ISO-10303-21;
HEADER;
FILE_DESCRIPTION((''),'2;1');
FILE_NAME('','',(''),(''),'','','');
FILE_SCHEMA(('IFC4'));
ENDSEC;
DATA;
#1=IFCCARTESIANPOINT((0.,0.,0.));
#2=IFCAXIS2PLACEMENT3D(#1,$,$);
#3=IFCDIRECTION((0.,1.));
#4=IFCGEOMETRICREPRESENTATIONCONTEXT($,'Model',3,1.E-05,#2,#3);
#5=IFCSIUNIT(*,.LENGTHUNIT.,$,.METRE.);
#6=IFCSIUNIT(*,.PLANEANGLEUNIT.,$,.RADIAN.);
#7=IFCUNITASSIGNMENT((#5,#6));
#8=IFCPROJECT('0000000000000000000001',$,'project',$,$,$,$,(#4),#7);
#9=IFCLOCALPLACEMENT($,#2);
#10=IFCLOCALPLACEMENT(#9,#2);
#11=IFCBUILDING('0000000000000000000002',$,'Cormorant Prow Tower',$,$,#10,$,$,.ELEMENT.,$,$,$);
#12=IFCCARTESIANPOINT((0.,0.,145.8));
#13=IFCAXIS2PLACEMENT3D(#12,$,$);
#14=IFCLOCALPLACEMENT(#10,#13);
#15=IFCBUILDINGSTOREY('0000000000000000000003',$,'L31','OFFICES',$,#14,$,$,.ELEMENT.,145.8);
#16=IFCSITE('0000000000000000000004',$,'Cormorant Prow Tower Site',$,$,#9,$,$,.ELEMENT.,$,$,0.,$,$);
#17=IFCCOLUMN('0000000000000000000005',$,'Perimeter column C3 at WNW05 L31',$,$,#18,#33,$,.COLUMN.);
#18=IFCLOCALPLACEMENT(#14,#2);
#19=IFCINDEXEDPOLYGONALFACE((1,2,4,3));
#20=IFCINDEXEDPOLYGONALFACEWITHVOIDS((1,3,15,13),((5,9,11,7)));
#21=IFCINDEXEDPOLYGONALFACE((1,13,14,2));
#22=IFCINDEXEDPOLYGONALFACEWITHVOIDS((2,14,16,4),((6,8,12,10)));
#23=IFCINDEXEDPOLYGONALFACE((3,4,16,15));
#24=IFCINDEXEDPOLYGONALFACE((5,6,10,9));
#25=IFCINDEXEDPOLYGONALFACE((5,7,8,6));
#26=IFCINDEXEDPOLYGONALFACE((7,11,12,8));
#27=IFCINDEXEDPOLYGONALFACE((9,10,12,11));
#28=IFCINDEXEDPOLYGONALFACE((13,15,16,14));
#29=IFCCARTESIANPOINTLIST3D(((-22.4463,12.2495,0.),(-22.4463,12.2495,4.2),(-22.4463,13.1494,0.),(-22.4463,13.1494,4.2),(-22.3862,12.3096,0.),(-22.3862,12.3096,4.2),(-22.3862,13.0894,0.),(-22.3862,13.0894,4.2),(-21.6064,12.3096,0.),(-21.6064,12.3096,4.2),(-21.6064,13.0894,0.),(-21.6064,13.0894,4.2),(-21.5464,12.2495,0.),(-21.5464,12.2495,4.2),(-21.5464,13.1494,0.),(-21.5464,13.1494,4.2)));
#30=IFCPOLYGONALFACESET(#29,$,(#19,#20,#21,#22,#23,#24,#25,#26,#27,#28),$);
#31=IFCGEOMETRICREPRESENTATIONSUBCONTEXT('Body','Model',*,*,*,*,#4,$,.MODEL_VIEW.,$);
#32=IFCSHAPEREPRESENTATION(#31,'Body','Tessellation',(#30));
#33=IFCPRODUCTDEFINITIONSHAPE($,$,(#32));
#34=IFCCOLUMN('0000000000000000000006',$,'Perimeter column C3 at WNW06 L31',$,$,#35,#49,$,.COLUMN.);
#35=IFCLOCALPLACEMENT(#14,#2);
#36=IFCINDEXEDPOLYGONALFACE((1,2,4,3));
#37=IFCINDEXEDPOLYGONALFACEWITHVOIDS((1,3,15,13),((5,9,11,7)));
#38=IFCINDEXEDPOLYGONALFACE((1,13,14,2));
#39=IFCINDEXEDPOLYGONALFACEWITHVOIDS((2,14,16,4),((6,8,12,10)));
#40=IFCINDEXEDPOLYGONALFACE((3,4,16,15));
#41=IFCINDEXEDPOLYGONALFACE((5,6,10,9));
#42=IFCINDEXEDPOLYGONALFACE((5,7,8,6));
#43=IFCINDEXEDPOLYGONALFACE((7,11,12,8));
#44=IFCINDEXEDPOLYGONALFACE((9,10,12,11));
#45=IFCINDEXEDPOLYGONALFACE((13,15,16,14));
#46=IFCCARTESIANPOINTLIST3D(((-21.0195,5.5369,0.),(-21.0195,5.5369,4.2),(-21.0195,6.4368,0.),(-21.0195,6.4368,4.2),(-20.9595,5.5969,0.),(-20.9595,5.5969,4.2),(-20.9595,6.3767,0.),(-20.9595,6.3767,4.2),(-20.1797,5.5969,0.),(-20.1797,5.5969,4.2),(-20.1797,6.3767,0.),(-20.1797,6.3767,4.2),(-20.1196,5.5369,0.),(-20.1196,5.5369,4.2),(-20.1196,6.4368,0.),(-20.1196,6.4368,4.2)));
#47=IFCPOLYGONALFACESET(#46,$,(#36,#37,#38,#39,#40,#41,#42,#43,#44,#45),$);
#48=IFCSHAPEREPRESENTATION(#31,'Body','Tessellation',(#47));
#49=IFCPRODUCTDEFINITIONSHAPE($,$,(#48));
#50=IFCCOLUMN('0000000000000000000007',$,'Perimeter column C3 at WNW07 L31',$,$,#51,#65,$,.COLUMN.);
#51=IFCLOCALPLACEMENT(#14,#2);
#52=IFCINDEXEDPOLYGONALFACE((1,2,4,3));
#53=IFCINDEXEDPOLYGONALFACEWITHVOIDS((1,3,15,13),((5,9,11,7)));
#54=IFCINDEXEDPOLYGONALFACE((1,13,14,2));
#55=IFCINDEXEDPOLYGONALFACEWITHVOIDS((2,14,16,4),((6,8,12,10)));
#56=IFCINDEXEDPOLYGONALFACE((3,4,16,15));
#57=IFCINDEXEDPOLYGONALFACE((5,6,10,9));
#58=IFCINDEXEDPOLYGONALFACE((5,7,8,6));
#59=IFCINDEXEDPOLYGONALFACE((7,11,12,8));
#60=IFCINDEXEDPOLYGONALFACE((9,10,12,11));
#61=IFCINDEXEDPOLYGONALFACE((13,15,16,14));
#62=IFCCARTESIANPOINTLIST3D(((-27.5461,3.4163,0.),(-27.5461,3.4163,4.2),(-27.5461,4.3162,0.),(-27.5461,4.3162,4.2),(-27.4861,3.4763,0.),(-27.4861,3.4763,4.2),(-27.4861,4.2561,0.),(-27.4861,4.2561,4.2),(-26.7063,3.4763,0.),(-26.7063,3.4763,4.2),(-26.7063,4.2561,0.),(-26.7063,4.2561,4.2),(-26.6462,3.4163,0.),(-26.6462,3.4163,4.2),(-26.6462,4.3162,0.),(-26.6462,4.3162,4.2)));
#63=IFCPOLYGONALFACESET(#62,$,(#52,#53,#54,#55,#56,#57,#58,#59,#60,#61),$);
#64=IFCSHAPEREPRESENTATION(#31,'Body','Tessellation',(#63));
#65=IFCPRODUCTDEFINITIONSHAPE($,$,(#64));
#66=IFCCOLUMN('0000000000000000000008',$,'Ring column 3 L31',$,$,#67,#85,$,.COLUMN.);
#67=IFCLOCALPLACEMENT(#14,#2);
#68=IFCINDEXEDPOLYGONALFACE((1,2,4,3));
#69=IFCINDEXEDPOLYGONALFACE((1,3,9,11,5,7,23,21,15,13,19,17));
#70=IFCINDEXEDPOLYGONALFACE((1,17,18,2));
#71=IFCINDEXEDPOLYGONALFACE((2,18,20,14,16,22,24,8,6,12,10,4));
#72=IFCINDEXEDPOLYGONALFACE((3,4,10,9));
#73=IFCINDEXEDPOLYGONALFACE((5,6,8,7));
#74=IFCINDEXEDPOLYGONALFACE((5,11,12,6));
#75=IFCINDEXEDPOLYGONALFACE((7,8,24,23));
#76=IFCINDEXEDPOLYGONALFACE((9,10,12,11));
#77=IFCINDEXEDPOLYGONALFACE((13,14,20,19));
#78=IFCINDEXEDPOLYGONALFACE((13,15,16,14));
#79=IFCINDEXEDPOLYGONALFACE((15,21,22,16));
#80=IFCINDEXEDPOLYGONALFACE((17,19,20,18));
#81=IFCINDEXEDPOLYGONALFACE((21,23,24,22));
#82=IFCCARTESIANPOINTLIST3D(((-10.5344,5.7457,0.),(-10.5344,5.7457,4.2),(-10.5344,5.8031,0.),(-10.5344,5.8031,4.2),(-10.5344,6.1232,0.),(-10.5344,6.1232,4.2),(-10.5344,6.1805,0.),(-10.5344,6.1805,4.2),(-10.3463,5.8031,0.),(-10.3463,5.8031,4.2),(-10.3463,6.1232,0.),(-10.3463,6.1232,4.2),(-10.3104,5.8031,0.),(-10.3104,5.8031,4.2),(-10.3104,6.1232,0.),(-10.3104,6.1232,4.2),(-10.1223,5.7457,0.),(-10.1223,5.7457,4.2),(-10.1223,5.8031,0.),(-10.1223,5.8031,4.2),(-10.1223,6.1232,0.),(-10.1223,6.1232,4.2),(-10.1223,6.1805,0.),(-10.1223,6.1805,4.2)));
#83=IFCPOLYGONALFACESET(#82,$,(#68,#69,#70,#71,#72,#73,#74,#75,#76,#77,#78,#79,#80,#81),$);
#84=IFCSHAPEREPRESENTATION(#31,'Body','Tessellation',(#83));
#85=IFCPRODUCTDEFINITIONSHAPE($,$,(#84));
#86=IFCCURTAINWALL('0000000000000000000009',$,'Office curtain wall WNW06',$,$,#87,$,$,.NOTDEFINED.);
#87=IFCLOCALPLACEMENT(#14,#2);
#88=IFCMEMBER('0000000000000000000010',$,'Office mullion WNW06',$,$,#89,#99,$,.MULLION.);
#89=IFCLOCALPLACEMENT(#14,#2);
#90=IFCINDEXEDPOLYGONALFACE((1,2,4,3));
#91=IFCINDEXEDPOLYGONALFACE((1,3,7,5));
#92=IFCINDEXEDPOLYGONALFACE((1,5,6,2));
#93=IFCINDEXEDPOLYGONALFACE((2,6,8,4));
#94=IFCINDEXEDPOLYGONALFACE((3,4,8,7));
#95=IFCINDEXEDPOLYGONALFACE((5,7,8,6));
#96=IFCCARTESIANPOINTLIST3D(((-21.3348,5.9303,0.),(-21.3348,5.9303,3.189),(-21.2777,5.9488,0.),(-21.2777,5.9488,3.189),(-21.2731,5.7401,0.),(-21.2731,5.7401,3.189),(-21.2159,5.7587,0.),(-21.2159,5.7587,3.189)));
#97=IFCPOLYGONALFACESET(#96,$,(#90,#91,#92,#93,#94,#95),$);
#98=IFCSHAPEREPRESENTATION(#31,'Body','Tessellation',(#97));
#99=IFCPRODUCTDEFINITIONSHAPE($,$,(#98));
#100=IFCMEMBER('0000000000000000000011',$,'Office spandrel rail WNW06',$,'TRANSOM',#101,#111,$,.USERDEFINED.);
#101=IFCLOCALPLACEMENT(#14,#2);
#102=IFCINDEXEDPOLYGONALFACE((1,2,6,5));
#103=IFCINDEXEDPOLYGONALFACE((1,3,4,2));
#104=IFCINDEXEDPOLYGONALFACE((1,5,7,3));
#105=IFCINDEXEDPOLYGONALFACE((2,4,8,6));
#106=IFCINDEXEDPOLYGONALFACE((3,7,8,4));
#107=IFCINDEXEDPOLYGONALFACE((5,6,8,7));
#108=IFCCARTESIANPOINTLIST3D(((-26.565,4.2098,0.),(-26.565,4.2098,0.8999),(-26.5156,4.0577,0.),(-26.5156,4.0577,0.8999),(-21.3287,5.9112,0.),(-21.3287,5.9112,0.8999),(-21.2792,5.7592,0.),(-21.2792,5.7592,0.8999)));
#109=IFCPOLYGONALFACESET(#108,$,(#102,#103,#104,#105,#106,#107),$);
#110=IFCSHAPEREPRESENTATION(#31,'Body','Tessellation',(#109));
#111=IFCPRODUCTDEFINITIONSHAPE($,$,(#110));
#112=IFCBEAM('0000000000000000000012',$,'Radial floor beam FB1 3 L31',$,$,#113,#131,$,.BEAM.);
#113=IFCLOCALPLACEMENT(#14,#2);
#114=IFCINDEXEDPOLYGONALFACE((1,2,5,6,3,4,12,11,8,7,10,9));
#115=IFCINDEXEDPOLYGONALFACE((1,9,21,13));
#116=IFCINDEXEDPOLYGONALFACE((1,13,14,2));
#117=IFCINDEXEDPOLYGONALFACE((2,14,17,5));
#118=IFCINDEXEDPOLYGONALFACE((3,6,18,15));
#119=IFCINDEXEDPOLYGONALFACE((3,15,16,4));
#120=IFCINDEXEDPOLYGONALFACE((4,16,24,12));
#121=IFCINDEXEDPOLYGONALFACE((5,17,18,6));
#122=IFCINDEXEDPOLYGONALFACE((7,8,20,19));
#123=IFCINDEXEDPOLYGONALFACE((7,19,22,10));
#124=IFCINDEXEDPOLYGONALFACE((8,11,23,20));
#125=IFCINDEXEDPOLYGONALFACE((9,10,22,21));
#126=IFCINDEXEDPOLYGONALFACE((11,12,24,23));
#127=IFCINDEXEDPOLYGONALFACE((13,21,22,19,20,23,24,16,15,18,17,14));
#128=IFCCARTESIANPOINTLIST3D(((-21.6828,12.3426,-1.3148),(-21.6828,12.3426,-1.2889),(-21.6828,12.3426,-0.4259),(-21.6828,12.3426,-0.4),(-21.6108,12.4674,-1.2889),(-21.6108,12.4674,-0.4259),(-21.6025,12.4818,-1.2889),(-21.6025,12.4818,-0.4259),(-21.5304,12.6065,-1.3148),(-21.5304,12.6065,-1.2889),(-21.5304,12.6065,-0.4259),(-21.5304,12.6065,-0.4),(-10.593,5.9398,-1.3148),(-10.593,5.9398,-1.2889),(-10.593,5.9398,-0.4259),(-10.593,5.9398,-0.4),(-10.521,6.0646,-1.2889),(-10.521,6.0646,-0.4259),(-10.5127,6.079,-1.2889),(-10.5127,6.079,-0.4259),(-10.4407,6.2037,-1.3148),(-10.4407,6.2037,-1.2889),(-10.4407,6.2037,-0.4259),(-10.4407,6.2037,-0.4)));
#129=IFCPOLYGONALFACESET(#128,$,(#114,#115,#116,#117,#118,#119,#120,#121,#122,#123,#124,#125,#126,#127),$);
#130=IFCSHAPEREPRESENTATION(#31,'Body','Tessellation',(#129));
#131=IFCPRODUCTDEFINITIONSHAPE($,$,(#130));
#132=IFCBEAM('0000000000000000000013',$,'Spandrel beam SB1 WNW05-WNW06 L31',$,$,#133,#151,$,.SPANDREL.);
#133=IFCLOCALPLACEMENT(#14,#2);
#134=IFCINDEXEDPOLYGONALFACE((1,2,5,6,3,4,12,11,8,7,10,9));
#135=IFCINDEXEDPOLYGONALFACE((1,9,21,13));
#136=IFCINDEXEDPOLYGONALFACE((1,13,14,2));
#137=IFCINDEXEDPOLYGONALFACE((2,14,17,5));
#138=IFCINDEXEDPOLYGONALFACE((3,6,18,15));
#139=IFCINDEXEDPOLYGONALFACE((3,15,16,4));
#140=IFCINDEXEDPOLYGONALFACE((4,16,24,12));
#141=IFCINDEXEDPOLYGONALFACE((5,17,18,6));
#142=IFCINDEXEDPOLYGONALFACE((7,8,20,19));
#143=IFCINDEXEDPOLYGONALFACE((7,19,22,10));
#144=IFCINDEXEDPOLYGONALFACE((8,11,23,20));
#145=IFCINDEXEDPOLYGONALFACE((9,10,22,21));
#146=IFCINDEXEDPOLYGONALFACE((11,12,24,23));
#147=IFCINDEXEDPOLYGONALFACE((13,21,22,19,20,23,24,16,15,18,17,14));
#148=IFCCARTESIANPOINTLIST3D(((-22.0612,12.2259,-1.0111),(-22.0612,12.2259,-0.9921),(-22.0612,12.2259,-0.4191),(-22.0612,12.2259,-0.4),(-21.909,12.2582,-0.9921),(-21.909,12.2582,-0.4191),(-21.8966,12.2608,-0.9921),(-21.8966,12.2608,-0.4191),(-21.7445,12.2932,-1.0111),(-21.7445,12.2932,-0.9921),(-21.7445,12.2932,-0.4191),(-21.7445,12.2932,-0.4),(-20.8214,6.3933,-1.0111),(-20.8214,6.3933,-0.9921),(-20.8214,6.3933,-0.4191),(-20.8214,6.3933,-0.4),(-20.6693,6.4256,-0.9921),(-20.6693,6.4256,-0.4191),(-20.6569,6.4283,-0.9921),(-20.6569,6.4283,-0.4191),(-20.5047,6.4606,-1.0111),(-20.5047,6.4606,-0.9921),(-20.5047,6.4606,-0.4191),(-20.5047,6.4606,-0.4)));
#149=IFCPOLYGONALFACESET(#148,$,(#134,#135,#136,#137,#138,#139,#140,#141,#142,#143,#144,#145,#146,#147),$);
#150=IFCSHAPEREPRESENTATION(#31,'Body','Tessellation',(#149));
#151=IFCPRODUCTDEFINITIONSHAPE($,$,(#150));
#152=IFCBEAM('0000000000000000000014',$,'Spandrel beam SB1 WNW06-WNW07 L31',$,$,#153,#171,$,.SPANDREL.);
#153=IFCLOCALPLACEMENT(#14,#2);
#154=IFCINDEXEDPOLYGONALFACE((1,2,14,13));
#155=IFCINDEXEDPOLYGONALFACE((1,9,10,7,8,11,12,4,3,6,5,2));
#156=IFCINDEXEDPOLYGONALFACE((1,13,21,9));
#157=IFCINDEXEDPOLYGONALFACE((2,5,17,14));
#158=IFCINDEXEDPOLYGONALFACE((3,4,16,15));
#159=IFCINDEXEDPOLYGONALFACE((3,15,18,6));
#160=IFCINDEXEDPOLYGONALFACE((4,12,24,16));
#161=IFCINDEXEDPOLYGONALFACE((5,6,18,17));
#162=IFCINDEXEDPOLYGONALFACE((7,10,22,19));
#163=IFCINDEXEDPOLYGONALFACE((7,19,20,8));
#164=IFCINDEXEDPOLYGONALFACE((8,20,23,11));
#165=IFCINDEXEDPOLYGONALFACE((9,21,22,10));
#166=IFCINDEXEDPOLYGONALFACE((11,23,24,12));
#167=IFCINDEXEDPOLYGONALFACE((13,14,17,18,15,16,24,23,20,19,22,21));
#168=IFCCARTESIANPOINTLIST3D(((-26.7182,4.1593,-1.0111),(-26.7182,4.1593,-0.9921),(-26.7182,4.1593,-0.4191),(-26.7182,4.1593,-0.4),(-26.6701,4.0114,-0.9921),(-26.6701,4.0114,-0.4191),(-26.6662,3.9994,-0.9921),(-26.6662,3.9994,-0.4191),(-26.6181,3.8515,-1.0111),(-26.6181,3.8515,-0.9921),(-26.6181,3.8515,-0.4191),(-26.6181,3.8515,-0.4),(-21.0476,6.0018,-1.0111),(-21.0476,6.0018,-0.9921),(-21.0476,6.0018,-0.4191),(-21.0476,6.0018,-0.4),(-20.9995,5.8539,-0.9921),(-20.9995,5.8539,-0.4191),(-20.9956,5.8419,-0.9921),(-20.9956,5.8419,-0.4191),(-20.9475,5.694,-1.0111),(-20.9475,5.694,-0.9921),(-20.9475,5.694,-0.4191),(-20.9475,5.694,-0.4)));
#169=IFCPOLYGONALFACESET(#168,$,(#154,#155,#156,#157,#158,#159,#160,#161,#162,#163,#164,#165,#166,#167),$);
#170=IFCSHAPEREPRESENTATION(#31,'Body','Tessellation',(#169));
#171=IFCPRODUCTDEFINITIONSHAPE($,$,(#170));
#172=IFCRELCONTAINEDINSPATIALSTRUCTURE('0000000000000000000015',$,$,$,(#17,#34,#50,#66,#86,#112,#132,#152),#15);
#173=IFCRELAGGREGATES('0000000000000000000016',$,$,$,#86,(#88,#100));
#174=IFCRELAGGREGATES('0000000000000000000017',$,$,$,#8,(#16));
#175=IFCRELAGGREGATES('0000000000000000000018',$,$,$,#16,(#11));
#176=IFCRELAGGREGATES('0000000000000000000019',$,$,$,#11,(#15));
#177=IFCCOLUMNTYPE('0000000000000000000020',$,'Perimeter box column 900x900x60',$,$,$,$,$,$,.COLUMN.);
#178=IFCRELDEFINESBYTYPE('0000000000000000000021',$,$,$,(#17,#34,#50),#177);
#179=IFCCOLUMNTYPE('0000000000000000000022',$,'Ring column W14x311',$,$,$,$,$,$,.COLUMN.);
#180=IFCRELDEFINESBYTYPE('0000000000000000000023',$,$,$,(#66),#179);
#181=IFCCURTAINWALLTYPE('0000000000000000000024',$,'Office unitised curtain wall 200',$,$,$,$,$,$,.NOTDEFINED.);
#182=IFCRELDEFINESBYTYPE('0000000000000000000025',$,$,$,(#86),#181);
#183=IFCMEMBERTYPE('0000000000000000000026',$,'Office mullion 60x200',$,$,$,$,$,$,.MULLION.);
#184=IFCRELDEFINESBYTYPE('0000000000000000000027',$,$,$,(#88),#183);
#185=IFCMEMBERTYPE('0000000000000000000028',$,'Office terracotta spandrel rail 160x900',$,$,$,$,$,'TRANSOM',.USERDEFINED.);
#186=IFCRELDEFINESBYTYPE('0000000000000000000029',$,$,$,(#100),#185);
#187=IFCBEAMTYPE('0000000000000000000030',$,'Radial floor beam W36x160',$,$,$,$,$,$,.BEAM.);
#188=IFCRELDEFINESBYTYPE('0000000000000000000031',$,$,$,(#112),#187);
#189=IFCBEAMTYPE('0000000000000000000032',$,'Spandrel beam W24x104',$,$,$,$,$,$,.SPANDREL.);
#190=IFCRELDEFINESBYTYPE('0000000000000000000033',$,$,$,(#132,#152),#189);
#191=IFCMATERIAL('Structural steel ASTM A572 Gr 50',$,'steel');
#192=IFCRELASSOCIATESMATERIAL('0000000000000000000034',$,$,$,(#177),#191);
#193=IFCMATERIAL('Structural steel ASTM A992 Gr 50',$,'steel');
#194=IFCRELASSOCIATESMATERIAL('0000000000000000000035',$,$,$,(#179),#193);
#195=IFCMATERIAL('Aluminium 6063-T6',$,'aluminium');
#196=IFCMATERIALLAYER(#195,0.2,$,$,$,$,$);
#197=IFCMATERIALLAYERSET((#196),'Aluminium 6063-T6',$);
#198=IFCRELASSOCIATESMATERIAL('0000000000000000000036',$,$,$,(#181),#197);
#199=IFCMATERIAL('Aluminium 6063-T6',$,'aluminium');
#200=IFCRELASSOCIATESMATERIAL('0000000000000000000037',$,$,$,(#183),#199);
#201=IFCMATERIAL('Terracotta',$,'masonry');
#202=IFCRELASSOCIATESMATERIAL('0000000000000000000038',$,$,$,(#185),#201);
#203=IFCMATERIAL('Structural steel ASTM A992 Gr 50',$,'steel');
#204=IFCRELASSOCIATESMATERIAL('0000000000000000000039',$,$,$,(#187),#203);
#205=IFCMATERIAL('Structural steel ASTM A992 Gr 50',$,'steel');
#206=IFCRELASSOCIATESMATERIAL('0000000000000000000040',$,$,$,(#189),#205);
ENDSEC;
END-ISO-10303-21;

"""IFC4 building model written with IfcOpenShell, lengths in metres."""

from ifc_helpers import new_model, si_unit, direction, frame, origin, origin_2d, place, context, subcontext, project, spatial, rectangle, hollow_rectangle, i_section, extrude, material, layer, layer_set, material_profile, profile_set, type_object, element, aggregate, save


model = new_model("IFC4")

# Units and contexts
model_context = context("Model", 3, precision=1e-05, world=origin(), true_north=direction((0.0, 1.0)))
body_context = subcontext(model_context, "Body", "Model", "MODEL_VIEW")
ifc_project = project(units=[si_unit("LENGTHUNIT", "METRE"), si_unit("PLANEANGLEUNIT", "RADIAN")], contexts=[model_context])

# Site, building, storey
site_placement = place(None, origin())
site = spatial("IfcSite", under=ifc_project, at=site_placement, Name="Cormorant Prow Tower Site", CompositionType="ELEMENT", RefElevation=0.0)
building_placement = place(site_placement, origin())
building = spatial("IfcBuilding", under=site, at=building_placement, Name="Cormorant Prow Tower", CompositionType="ELEMENT")
storey_placement = place(building_placement, frame((0.0, 0.0, 145.8)))
storey = spatial("IfcBuildingStorey", under=building, at=storey_placement, Name="L31", Description="OFFICES", CompositionType="ELEMENT", Elevation=145.8)

# Columns
ifc_material_1 = material(Name="Structural steel ASTM A572 Gr 50", Category="steel")
ifc_material_profile_1 = material_profile(ifc_material_1, hollow_rectangle(XDim=0.8999, YDim=0.8999, WallThickness=0.0601, at=origin_2d()), Name="Box 900x900x60")
ifc_profile_set_1 = profile_set([ifc_material_profile_1], Name="Structural steel ASTM A572 Gr 50")
column_type_1 = type_object("IfcColumnType", Name="Perimeter box column 900x900x60", PredefinedType="COLUMN", material=ifc_profile_set_1)
for number, where, z_axis, x_axis, name in (
    (1, (-21.9963, 12.6995, 0.0), (0.0, 0.0, 1.0), (1.0, 0.0, 0.0), "Perimeter column C3 at WNW05 L31"),
    (2, (-20.5696, 5.9868, 0.0), (0.0, 0.0, 1.0), (1.0, 0.0, 0.0), "Perimeter column C3 at WNW06 L31"),
    (3, (-27.0962, 3.8662, 0.0), (0.0, 0.0, 1.0), (1.0, 0.0, 0.0), "Perimeter column C3 at WNW07 L31"),
):
    element("IfcColumn", number, at=place(storey_placement, frame(where, z_axis=z_axis, x_axis=x_axis)), inside=storey, type_object=column_type_1, Name=name, PredefinedType="COLUMN", context=body_context, shape_type="SweptSolid", body=[
        extrude(hollow_rectangle(XDim=0.8999, YDim=0.8999, WallThickness=0.0601, at=origin_2d()), origin(), (0.0, 0.0, 1.0), 4.2),
    ])
ifc_material_2 = material(Name="Structural steel ASTM A992 Gr 50", Category="steel")
ifc_material_profile_2 = material_profile(ifc_material_2, i_section(OverallWidth=0.4121, OverallDepth=0.4348, WebThickness=0.0359, FlangeThickness=0.0574, at=origin_2d()), Name="W14x311")
ifc_profile_set_2 = profile_set([ifc_material_profile_2], Name="Structural steel ASTM A992 Gr 50")
column_type_2 = type_object("IfcColumnType", Name="Ring column W14x311", PredefinedType="COLUMN", material=ifc_profile_set_2)
column_placement = place(storey_placement, frame((-10.3284, 5.9631, 0.0), z_axis=(0.0, 0.0, 1.0), x_axis=(1.0, 0.0, 0.0)))
element("IfcColumn", 4, at=column_placement, inside=storey, type_object=column_type_2, Name="Ring column 3 L31", PredefinedType="COLUMN", context=body_context, shape_type="SweptSolid", body=[
    extrude(i_section(OverallWidth=0.4121, OverallDepth=0.4348, WebThickness=0.0359, FlangeThickness=0.0574, at=origin_2d()), origin(), (0.0, 0.0, 1.0), 4.2),
])

# Curtain wall, members
ifc_material_3 = material(Name="Aluminium 6063-T6", Category="aluminium")
ifc_layer_1 = layer(ifc_material_3, 0.2)
ifc_layer_set_1 = layer_set([ifc_layer_1], Name="Aluminium 6063-T6")
curtain_wall_type = type_object("IfcCurtainWallType", Name="Office unitised curtain wall 200", PredefinedType="NOTDEFINED", material=ifc_layer_set_1)
curtain_wall_placement = place(storey_placement, origin())
curtain_wall = element("IfcCurtainWall", 5, at=curtain_wall_placement, inside=storey, type_object=curtain_wall_type, Name="Office curtain wall WNW06", PredefinedType="NOTDEFINED")
ifc_material_4 = material(Name="Aluminium 6063-T6", Category="aluminium")
ifc_material_profile_3 = material_profile(ifc_material_4, rectangle(XDim=0.2, YDim=0.0601, at=origin_2d()), Name="Office mullion 60x200")
ifc_profile_set_3 = profile_set([ifc_material_profile_3], Name="Aluminium 6063-T6")
member_type_1 = type_object("IfcMemberType", Name="Office mullion 60x200", PredefinedType="MULLION", material=ifc_profile_set_3)
member_1_placement = place(storey_placement, frame((-21.2754, 5.8445, 0.0), z_axis=(0.0, 0.0, 1.0), x_axis=(0.309017, -0.951057, 0.0)))
member_1 = element("IfcMember", 6, at=member_1_placement, type_object=member_type_1, Name="Office mullion WNW06", PredefinedType="MULLION", context=body_context, shape_type="SweptSolid", body=[
    extrude(rectangle(XDim=0.2, YDim=0.0601, at=origin_2d()), origin(), (0.0, 0.0, 1.0), 3.189),
])
ifc_material_5 = material(Name="Terracotta", Category="masonry")
ifc_material_profile_4 = material_profile(ifc_material_5, rectangle(XDim=0.1599, YDim=0.8999, at=origin_2d()), Name="Office terracotta spandrel rail 160x900")
ifc_profile_set_4 = profile_set([ifc_material_profile_4], Name="Terracotta")
member_type_2 = type_object("IfcMemberType", Name="Office terracotta spandrel rail 160x900", ElementType="TRANSOM", PredefinedType="USERDEFINED", material=ifc_profile_set_4)
member_2_placement = place(storey_placement, frame((-21.304, 5.8352, 0.45), z_axis=(-0.951055, -0.309022, 0.0), x_axis=(0.309022, -0.951055, 0.0)))
member_2 = element("IfcMember", 7, at=member_2_placement, type_object=member_type_2, Name="Office spandrel rail WNW06", ObjectType="TRANSOM", PredefinedType="USERDEFINED", context=body_context, shape_type="SweptSolid", body=[
    extrude(rectangle(XDim=0.1599, YDim=0.8999, at=origin_2d()), origin(), (0.0, 0.0, 1.0), 5.5059),
])

# Beams
ifc_material_6 = material(Name="Structural steel ASTM A992 Gr 50", Category="steel")
ifc_material_profile_5 = material_profile(ifc_material_6, i_section(OverallWidth=0.3047, OverallDepth=0.9148, WebThickness=0.0166, FlangeThickness=0.0259, at=origin_2d()), Name="W36x160")
ifc_profile_set_5 = profile_set([ifc_material_profile_5], Name="Structural steel ASTM A992 Gr 50")
beam_type_1 = type_object("IfcBeamType", Name="Radial floor beam W36x160", PredefinedType="BEAM", material=ifc_profile_set_5)
beam_1_placement = place(storey_placement, frame((-10.5168, 6.0718, -0.8574), z_axis=(-0.866022, 0.500006, 0.0), x_axis=(-0.500006, -0.866022, 0.0)))
element("IfcBeam", 8, at=beam_1_placement, inside=storey, type_object=beam_type_1, Name="Radial floor beam FB1 3 L31", PredefinedType="BEAM", context=body_context, shape_type="SweptSolid", body=[
    extrude(i_section(OverallWidth=0.3047, OverallDepth=0.9148, WebThickness=0.0166, FlangeThickness=0.0259, at=origin_2d()), origin(), (0.0, 0.0, 1.0), 12.8054),
])
ifc_material_7 = material(Name="Structural steel ASTM A992 Gr 50", Category="steel")
ifc_material_profile_6 = material_profile(ifc_material_7, i_section(OverallWidth=0.3237, OverallDepth=0.6111, WebThickness=0.0127, FlangeThickness=0.019, at=origin_2d()), Name="W24x104")
ifc_profile_set_6 = profile_set([ifc_material_profile_6], Name="Structural steel ASTM A992 Gr 50")
beam_type_2 = type_object("IfcBeamType", Name="Spandrel beam W24x104", PredefinedType="SPANDREL", material=ifc_profile_set_6)
beam_2_placement = place(storey_placement, frame((-21.9028, 12.2595, -0.7056), z_axis=(0.207913, -0.978147, 0.0), x_axis=(0.978147, 0.207913, 0.0)))
element("IfcBeam", 9, at=beam_2_placement, inside=storey, type_object=beam_type_2, Name="Spandrel beam SB1 WNW05-WNW06 L31", PredefinedType="SPANDREL", context=body_context, shape_type="SweptSolid", body=[
    extrude(i_section(OverallWidth=0.3237, OverallDepth=0.6111, WebThickness=0.0127, FlangeThickness=0.019, at=origin_2d()), origin(), (0.0, 0.0, 1.0), 5.9629),
])
beam_3_placement = place(storey_placement, frame((-20.9976, 5.8479, -0.7056), z_axis=(-0.951055, -0.30902, 0.0), x_axis=(0.30902, -0.951055, 0.0)))
element("IfcBeam", 10, at=beam_3_placement, inside=storey, type_object=beam_type_2, Name="Spandrel beam SB1 WNW06-WNW07 L31", PredefinedType="SPANDREL", context=body_context, shape_type="SweptSolid", body=[
    extrude(i_section(OverallWidth=0.3237, OverallDepth=0.6111, WebThickness=0.0127, FlangeThickness=0.019, at=origin_2d()), origin(), (0.0, 0.0, 1.0), 5.9624),
])

aggregate(curtain_wall, [member_1, member_2])

save(model, "model.ifc")
